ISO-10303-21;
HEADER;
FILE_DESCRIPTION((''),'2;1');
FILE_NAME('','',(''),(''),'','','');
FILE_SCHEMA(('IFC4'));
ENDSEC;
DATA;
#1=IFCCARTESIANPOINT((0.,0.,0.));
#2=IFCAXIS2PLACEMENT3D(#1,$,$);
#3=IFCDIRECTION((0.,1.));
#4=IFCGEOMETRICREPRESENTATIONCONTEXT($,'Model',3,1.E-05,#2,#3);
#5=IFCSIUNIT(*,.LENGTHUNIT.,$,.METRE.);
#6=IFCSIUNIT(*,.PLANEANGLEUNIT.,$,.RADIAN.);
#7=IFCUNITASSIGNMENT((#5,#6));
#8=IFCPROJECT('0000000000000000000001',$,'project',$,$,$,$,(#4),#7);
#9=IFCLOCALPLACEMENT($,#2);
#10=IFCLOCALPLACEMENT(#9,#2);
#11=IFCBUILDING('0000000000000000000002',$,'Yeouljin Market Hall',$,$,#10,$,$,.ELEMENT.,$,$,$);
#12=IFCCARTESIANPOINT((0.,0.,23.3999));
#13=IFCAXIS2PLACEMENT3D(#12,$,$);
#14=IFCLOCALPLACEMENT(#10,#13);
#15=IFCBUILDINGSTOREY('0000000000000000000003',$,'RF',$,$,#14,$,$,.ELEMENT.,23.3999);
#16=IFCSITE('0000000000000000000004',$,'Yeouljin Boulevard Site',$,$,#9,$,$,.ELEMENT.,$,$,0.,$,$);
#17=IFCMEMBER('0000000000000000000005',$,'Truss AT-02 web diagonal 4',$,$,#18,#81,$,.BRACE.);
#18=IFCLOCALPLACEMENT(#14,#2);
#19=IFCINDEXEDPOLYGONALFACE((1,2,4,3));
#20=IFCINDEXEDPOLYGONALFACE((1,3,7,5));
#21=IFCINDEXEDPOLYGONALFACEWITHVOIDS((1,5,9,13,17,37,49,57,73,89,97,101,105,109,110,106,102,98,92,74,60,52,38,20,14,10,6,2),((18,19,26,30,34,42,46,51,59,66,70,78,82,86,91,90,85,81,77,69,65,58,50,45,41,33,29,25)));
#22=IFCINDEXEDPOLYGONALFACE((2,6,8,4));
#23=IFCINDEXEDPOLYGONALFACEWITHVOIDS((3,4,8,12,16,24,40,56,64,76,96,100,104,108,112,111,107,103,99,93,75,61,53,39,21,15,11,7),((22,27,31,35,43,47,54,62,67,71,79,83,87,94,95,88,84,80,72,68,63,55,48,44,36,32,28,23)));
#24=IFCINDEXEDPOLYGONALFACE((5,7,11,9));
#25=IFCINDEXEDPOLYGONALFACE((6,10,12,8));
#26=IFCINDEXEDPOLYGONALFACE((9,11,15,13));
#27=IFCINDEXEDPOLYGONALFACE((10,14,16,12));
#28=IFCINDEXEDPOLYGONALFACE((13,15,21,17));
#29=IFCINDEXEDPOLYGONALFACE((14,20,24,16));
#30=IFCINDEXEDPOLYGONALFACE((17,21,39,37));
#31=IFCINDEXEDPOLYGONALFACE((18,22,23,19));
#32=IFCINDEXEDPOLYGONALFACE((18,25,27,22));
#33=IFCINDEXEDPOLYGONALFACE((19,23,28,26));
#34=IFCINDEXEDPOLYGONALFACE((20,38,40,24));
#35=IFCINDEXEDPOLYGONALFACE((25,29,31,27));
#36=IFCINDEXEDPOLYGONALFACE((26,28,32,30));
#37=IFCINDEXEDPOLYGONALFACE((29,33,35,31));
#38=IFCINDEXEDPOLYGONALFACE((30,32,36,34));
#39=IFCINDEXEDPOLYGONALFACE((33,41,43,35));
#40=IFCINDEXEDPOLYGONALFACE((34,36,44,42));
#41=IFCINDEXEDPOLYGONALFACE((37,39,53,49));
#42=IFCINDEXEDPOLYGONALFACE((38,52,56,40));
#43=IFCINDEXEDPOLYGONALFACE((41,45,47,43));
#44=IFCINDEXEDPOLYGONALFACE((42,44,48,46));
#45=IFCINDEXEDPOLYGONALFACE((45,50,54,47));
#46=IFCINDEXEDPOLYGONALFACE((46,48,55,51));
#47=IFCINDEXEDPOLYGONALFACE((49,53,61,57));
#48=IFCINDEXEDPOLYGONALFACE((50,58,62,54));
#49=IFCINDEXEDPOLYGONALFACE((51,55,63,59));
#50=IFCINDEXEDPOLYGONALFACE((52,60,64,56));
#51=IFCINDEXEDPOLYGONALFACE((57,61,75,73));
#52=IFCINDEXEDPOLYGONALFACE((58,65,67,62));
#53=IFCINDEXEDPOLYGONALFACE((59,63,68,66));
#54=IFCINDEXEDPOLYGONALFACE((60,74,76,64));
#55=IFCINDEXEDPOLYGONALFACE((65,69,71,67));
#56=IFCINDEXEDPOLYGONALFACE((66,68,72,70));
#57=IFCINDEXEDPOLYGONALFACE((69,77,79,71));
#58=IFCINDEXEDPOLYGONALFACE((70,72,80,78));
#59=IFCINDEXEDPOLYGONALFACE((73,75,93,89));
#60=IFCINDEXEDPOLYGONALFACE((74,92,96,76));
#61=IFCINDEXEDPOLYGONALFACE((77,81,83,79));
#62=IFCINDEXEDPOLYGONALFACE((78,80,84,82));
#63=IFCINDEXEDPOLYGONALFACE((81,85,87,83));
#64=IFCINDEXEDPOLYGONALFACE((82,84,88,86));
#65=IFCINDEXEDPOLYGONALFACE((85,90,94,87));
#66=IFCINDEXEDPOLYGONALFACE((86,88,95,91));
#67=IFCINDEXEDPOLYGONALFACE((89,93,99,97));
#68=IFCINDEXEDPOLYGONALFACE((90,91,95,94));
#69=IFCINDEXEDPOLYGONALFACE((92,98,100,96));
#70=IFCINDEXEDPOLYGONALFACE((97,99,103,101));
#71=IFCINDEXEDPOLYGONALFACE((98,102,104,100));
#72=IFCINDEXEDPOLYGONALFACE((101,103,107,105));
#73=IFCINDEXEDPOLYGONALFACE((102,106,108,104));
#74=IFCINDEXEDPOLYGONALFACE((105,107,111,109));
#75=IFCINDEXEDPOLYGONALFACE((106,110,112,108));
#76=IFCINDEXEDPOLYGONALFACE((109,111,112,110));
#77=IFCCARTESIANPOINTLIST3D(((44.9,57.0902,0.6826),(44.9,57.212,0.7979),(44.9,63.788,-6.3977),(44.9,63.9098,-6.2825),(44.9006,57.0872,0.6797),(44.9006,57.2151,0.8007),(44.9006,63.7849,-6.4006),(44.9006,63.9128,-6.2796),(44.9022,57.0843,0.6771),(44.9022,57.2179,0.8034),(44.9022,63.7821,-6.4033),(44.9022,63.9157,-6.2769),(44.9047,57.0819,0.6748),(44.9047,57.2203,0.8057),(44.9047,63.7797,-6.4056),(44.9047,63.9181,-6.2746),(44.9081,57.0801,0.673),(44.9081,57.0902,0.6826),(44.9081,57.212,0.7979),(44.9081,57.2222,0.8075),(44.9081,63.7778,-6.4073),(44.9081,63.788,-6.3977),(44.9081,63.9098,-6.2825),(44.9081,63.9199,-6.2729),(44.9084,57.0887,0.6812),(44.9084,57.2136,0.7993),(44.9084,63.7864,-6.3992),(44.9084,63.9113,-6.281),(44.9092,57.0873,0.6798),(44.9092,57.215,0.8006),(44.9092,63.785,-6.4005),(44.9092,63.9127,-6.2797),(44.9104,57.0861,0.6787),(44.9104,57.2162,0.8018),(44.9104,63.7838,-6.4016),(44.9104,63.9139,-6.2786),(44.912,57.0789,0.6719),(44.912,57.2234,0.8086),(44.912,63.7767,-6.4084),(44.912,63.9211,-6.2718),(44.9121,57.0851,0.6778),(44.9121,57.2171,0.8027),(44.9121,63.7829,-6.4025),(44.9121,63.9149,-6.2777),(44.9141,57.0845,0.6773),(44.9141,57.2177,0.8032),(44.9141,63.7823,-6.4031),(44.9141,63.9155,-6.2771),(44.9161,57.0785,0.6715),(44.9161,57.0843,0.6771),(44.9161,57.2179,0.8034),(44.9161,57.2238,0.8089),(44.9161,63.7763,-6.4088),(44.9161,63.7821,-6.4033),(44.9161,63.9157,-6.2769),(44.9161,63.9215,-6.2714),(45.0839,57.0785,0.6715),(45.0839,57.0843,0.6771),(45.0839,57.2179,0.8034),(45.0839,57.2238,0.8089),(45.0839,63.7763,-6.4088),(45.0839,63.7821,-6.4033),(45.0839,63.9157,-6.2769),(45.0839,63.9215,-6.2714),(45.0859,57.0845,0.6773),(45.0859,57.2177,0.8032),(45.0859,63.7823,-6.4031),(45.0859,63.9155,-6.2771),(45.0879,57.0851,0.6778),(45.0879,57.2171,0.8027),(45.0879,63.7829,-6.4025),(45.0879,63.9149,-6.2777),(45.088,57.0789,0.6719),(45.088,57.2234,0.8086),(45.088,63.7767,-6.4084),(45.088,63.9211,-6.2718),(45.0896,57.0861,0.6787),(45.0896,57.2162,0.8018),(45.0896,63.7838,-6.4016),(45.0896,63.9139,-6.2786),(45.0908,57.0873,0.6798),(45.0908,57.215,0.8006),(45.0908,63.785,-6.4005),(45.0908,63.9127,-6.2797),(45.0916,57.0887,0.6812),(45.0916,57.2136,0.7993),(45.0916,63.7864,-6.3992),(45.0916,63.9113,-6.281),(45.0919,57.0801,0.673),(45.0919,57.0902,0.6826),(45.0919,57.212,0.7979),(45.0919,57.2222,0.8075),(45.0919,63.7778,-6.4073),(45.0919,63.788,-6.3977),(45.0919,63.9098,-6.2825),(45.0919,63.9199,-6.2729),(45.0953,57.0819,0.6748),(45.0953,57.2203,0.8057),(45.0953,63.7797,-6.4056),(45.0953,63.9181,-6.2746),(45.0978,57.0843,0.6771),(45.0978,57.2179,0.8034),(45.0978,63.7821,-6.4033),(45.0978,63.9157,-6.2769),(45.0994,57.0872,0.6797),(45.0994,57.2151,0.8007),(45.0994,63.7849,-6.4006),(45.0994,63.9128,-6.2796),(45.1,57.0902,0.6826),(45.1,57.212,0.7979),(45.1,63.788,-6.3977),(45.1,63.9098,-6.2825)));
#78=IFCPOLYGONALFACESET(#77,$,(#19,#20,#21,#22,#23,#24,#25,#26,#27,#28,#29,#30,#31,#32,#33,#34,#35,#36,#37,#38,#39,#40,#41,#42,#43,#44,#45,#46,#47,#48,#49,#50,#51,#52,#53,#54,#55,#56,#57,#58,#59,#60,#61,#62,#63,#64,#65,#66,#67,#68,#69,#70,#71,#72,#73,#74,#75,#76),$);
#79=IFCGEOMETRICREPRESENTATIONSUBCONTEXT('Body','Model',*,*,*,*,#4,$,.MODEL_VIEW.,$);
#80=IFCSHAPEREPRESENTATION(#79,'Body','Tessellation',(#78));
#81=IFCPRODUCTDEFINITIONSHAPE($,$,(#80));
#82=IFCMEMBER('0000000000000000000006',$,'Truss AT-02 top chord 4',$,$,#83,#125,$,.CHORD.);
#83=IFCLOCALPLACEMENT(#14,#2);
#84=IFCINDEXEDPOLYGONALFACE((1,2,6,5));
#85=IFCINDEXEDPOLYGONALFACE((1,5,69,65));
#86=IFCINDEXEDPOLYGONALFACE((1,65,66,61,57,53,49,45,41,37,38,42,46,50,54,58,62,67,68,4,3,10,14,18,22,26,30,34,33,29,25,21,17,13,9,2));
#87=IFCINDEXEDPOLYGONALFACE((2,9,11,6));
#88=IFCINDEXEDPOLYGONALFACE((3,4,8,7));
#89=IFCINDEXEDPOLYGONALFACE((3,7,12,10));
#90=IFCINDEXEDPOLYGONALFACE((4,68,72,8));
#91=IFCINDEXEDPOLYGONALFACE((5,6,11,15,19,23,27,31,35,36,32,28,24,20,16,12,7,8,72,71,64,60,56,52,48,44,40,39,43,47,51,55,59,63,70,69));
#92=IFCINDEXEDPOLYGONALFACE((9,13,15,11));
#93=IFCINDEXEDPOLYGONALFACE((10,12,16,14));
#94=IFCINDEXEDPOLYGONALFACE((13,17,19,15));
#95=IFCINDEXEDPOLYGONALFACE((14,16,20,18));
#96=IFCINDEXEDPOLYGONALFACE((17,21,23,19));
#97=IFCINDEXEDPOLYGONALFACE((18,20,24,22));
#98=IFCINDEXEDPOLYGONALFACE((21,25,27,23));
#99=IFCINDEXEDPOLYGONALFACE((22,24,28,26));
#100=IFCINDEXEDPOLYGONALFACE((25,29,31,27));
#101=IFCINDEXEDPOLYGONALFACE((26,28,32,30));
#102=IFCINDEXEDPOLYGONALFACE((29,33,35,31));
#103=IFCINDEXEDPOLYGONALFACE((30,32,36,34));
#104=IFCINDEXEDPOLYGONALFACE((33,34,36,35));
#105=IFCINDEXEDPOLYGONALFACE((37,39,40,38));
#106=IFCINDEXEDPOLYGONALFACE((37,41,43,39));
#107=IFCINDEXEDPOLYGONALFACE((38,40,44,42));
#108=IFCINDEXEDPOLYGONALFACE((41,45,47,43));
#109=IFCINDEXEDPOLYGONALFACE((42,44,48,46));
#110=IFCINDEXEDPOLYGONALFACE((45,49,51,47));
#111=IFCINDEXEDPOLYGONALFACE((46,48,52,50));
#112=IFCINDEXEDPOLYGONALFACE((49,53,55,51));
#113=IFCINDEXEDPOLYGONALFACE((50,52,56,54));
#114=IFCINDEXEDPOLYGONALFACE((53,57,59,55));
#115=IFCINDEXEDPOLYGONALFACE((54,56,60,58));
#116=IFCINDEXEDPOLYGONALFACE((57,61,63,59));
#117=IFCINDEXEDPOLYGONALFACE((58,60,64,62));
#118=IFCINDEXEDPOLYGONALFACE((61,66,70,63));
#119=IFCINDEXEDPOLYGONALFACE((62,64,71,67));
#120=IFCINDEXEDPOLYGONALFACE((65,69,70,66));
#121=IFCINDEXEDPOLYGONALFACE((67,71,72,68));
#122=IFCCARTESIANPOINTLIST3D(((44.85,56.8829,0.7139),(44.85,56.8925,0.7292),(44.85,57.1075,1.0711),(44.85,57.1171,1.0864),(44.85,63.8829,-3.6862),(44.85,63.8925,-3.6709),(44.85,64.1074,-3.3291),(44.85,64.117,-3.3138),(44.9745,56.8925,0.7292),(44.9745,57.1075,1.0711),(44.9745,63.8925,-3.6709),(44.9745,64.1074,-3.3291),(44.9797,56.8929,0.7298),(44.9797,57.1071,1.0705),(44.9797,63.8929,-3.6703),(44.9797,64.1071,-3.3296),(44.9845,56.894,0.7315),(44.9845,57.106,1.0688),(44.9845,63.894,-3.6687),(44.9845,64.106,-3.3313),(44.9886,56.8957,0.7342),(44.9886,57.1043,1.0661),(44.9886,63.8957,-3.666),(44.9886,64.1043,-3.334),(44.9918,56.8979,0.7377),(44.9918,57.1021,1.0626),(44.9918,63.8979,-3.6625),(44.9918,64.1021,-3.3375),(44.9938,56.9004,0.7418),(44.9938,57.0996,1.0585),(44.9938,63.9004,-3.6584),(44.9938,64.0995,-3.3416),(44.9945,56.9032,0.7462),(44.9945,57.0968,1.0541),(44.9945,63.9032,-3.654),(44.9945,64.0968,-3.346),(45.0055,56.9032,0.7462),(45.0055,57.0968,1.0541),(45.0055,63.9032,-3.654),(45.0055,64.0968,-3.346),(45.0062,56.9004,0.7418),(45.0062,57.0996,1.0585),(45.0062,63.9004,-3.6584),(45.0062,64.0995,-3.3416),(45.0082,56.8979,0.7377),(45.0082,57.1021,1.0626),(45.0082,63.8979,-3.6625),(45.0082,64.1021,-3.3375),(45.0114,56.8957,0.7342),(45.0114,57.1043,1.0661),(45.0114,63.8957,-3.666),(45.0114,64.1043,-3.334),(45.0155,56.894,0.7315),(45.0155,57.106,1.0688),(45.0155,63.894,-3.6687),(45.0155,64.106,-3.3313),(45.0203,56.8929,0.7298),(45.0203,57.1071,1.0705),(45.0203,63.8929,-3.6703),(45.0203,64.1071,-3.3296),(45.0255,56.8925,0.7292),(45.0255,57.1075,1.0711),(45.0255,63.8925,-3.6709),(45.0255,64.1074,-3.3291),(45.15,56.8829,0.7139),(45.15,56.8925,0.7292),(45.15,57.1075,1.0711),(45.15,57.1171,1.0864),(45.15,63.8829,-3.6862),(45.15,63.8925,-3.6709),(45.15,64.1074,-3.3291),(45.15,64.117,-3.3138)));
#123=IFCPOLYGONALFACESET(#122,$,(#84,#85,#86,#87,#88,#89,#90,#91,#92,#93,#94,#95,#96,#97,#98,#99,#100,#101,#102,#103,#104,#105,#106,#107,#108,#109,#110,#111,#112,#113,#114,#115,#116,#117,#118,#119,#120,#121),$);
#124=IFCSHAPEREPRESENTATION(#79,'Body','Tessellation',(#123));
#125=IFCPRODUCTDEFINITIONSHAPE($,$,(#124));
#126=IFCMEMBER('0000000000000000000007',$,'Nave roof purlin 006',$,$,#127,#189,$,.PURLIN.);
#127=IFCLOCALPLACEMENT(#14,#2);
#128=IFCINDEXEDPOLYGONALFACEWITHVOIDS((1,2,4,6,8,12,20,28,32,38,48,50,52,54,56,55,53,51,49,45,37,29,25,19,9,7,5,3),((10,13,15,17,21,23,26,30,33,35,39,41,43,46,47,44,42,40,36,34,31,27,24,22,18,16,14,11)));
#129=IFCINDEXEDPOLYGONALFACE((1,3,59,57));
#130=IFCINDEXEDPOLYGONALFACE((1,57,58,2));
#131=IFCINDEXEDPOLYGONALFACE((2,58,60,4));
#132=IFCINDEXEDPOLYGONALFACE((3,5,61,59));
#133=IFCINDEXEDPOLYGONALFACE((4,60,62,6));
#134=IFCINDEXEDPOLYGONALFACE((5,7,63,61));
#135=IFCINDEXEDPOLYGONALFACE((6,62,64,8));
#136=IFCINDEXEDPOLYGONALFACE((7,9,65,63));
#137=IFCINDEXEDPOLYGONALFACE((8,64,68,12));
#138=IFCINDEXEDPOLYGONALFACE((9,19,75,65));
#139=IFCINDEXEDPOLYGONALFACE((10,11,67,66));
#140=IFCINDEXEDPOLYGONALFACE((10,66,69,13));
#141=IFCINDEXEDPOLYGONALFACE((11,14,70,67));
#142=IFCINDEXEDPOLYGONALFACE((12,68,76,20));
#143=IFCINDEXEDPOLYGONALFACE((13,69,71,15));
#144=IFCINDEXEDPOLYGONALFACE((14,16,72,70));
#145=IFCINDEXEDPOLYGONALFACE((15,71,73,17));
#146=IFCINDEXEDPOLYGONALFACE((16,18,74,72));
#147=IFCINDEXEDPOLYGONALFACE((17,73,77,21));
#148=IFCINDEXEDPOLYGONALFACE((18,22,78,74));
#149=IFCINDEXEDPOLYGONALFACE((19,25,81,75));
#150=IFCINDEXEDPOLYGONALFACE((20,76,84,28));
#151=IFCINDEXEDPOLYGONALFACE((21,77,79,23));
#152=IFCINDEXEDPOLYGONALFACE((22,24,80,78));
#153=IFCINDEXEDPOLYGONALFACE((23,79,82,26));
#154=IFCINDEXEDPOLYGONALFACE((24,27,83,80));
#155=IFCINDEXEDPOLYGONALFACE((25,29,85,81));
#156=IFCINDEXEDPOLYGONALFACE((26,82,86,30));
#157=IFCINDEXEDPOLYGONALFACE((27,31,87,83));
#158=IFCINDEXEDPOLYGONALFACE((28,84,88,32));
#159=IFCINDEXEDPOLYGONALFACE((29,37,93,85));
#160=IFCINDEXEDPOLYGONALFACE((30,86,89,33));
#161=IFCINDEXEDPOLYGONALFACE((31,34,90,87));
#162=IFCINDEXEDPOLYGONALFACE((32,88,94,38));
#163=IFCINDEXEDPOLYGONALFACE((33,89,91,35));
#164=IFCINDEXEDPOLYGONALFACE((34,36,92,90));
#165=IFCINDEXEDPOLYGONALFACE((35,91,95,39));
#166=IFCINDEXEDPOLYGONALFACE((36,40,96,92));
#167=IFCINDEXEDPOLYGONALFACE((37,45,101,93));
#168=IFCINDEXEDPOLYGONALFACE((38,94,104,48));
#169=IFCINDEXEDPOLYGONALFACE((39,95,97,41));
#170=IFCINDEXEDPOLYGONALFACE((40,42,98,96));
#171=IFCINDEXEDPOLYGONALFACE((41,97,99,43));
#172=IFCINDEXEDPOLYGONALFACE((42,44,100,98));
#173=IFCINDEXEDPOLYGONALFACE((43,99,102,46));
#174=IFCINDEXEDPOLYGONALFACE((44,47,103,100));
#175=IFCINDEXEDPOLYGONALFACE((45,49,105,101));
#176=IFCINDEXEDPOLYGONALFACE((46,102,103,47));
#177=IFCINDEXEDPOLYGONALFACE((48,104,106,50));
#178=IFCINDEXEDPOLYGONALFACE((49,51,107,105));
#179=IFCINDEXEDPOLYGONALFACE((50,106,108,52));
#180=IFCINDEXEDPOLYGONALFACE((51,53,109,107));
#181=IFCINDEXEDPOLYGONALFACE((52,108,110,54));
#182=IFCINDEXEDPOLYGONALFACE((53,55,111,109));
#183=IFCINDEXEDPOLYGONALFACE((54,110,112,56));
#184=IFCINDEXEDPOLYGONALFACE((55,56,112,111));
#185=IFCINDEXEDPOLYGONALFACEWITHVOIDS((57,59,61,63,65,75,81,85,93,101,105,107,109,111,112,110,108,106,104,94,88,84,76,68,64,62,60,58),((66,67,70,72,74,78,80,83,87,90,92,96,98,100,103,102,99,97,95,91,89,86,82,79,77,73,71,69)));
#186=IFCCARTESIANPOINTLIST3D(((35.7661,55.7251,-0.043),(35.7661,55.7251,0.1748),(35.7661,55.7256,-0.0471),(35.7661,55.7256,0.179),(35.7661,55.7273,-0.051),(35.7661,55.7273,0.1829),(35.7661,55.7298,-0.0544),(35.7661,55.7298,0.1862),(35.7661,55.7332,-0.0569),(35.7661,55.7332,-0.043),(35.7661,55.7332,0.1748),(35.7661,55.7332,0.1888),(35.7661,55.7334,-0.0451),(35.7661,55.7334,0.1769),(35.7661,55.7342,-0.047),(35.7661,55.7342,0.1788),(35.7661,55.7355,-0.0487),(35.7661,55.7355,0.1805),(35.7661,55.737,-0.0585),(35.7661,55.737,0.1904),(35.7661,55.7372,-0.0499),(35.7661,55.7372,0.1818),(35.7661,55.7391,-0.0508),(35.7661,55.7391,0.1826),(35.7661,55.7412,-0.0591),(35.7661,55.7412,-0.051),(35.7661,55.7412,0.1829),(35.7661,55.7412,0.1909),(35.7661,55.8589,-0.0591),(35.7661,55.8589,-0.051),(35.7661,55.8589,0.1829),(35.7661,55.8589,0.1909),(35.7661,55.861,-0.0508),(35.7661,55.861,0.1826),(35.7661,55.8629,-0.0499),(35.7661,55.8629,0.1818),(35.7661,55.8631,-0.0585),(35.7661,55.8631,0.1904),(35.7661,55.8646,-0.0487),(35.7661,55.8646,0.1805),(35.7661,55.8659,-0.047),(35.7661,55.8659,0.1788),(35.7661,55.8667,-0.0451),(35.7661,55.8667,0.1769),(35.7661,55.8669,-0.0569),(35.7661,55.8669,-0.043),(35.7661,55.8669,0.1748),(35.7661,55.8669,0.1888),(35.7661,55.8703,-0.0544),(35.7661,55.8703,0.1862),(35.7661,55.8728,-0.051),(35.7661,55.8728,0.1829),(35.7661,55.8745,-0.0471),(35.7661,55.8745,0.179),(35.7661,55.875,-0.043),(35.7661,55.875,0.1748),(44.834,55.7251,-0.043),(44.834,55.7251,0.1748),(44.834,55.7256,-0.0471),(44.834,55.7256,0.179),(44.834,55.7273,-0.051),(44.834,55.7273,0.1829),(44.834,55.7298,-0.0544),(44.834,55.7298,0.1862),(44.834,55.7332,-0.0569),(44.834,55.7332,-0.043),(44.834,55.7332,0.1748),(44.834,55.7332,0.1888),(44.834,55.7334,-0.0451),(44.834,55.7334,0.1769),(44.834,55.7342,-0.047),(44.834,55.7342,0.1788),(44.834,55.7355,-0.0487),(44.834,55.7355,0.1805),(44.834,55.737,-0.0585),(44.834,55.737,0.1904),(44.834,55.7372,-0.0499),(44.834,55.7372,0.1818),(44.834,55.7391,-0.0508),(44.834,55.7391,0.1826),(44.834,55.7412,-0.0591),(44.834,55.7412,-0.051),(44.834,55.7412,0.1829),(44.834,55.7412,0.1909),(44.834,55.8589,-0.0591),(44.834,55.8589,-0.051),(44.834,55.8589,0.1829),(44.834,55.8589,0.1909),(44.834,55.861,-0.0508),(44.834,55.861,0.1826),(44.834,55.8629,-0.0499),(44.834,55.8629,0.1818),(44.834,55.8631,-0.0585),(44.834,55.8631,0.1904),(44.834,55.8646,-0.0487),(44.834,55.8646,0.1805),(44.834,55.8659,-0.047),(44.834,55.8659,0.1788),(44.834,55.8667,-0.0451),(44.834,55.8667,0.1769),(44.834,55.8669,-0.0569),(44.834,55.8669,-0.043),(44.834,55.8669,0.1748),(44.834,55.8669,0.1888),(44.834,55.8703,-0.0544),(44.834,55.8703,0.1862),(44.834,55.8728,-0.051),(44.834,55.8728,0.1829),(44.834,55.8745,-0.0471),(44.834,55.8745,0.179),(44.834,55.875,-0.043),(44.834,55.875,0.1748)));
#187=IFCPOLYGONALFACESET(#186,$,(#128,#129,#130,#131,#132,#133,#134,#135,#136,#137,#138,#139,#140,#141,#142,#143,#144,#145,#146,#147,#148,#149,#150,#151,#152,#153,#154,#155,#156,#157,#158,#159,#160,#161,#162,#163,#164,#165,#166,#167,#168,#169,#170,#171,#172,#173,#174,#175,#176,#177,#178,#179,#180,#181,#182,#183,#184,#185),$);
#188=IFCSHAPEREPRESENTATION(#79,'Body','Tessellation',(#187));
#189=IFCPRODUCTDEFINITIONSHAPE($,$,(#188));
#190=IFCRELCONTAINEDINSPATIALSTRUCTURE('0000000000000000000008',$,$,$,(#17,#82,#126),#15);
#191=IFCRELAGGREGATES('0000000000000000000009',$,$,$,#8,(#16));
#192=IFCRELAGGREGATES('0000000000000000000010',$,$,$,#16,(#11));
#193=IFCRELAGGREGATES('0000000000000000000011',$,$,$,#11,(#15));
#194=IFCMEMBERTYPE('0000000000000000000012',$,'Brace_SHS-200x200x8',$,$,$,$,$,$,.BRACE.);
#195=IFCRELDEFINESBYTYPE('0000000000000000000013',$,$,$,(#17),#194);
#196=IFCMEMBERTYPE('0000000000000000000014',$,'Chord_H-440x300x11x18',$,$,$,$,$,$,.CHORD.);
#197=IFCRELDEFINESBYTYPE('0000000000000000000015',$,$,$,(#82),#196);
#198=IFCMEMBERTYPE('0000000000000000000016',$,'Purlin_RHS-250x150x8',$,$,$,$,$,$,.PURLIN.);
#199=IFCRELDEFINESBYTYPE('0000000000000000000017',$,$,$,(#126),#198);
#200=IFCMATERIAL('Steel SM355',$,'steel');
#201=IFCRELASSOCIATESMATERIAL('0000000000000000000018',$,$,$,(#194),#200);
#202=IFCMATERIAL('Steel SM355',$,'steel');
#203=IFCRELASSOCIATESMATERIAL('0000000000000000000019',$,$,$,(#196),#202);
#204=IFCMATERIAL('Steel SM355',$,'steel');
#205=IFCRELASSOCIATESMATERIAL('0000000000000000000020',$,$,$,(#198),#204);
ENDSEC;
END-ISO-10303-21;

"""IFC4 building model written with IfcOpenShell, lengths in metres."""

from ifc_helpers import new_model, si_unit, direction, frame, origin, origin_2d, place, context, subcontext, project, spatial, hollow_rectangle, i_section, extrude, material, material_profile, profile_set, type_object, element, save


model = new_model("IFC4")

# Units and contexts
model_context = context("Model", 3, precision=1e-05, world=origin(), true_north=direction((0.0, 1.0)))
body_context = subcontext(model_context, "Body", "Model", "MODEL_VIEW")
ifc_project = project(units=[si_unit("LENGTHUNIT", "METRE"), si_unit("PLANEANGLEUNIT", "RADIAN")], contexts=[model_context])

# Site, building, storey
site_placement = place(None, origin())
site = spatial("IfcSite", under=ifc_project, at=site_placement, Name="Yeouljin Boulevard Site", CompositionType="ELEMENT", RefElevation=0.0)
building_placement = place(site_placement, origin())
building = spatial("IfcBuilding", under=site, at=building_placement, Name="Yeouljin Market Hall", CompositionType="ELEMENT")
storey_placement = place(building_placement, frame((0.0, 0.0, 23.3999)))
storey = spatial("IfcBuildingStorey", under=building, at=storey_placement, Name="RF", CompositionType="ELEMENT", Elevation=23.3999)

# Members
ifc_material_1 = material(Name="Steel SM355", Category="steel")
ifc_material_profile_1 = material_profile(ifc_material_1, hollow_rectangle(XDim=0.2, YDim=0.2, WallThickness=0.0081, InnerFilletRadius=0.0081, OuterFilletRadius=0.0161, at=origin_2d()), Name="SHS-200x200x8")
ifc_profile_set_1 = profile_set([ifc_material_profile_1], Name="Steel SM355")
member_type_1 = type_object("IfcMemberType", Name="Brace_SHS-200x200x8", PredefinedType="BRACE", material=ifc_profile_set_1)
member_1_placement = place(storey_placement, frame((45.0, 57.1511, 0.7402), z_axis=(0.0, 0.687208, -0.726461), x_axis=(-1.0, 0.0, 0.0)))
element("IfcMember", 1, at=member_1_placement, inside=storey, type_object=member_type_1, Name="Truss AT-02 web diagonal 4", PredefinedType="BRACE", context=body_context, shape_type="SweptSolid", body=[
    extrude(hollow_rectangle(XDim=0.2, YDim=0.2, WallThickness=0.0081, InnerFilletRadius=0.0081, OuterFilletRadius=0.0161, at=origin_2d()), origin(), (0.0, 0.0, 1.0), 9.7463),
])
ifc_material_2 = material(Name="Steel SM355", Category="steel")
ifc_material_profile_2 = material_profile(ifc_material_2, i_section(OverallWidth=0.3, OverallDepth=0.4399, WebThickness=0.011, FlangeThickness=0.0181, FilletRadius=0.02, at=origin_2d()), Name="H-440x300x11x18")
ifc_profile_set_2 = profile_set([ifc_material_profile_2], Name="Steel SM355")
member_type_2 = type_object("IfcMemberType", Name="Chord_H-440x300x11x18", PredefinedType="CHORD", material=ifc_profile_set_2)
member_2_placement = place(storey_placement, frame((45.0, 57.0, 0.9001), z_axis=(0.0, 0.846629, -0.532184), x_axis=(-1.0, 0.0, 0.0)))
element("IfcMember", 2, at=member_2_placement, inside=storey, type_object=member_type_2, Name="Truss AT-02 top chord 4", PredefinedType="CHORD", context=body_context, shape_type="SweptSolid", body=[
    extrude(i_section(OverallWidth=0.3, OverallDepth=0.4399, WebThickness=0.011, FlangeThickness=0.0181, FilletRadius=0.02, at=origin_2d()), origin(), (0.0, 0.0, 1.0), 8.2681),
])
ifc_material_3 = material(Name="Steel SM355", Category="steel")
ifc_material_profile_3 = material_profile(ifc_material_3, hollow_rectangle(XDim=0.1499, YDim=0.25, WallThickness=0.0081, InnerFilletRadius=0.0081, OuterFilletRadius=0.0161, at=origin_2d()), Name="RHS-250x150x8")
ifc_profile_set_3 = profile_set([ifc_material_profile_3], Name="Steel SM355")
member_type_3 = type_object("IfcMemberType", Name="Purlin_RHS-250x150x8", PredefinedType="PURLIN", material=ifc_profile_set_3)
for number, where, z_axis, x_axis, name in (
    (3, (35.7661, 55.8, 0.0659), (1.0, 0.0, 0.0), (0.0, 1.0, 0.0), "Nave roof purlin 006"),
):
    element("IfcMember", number, at=place(storey_placement, frame(where, z_axis=z_axis, x_axis=x_axis)), inside=storey, type_object=member_type_3, Name=name, PredefinedType="PURLIN", context=body_context, shape_type="SweptSolid", body=[
        extrude(hollow_rectangle(XDim=0.1499, YDim=0.25, WallThickness=0.0081, InnerFilletRadius=0.0081, OuterFilletRadius=0.0161, at=origin_2d()), origin(), (0.0, 0.0, 1.0), 9.0679),
    ])

save(model, "model.ifc")
